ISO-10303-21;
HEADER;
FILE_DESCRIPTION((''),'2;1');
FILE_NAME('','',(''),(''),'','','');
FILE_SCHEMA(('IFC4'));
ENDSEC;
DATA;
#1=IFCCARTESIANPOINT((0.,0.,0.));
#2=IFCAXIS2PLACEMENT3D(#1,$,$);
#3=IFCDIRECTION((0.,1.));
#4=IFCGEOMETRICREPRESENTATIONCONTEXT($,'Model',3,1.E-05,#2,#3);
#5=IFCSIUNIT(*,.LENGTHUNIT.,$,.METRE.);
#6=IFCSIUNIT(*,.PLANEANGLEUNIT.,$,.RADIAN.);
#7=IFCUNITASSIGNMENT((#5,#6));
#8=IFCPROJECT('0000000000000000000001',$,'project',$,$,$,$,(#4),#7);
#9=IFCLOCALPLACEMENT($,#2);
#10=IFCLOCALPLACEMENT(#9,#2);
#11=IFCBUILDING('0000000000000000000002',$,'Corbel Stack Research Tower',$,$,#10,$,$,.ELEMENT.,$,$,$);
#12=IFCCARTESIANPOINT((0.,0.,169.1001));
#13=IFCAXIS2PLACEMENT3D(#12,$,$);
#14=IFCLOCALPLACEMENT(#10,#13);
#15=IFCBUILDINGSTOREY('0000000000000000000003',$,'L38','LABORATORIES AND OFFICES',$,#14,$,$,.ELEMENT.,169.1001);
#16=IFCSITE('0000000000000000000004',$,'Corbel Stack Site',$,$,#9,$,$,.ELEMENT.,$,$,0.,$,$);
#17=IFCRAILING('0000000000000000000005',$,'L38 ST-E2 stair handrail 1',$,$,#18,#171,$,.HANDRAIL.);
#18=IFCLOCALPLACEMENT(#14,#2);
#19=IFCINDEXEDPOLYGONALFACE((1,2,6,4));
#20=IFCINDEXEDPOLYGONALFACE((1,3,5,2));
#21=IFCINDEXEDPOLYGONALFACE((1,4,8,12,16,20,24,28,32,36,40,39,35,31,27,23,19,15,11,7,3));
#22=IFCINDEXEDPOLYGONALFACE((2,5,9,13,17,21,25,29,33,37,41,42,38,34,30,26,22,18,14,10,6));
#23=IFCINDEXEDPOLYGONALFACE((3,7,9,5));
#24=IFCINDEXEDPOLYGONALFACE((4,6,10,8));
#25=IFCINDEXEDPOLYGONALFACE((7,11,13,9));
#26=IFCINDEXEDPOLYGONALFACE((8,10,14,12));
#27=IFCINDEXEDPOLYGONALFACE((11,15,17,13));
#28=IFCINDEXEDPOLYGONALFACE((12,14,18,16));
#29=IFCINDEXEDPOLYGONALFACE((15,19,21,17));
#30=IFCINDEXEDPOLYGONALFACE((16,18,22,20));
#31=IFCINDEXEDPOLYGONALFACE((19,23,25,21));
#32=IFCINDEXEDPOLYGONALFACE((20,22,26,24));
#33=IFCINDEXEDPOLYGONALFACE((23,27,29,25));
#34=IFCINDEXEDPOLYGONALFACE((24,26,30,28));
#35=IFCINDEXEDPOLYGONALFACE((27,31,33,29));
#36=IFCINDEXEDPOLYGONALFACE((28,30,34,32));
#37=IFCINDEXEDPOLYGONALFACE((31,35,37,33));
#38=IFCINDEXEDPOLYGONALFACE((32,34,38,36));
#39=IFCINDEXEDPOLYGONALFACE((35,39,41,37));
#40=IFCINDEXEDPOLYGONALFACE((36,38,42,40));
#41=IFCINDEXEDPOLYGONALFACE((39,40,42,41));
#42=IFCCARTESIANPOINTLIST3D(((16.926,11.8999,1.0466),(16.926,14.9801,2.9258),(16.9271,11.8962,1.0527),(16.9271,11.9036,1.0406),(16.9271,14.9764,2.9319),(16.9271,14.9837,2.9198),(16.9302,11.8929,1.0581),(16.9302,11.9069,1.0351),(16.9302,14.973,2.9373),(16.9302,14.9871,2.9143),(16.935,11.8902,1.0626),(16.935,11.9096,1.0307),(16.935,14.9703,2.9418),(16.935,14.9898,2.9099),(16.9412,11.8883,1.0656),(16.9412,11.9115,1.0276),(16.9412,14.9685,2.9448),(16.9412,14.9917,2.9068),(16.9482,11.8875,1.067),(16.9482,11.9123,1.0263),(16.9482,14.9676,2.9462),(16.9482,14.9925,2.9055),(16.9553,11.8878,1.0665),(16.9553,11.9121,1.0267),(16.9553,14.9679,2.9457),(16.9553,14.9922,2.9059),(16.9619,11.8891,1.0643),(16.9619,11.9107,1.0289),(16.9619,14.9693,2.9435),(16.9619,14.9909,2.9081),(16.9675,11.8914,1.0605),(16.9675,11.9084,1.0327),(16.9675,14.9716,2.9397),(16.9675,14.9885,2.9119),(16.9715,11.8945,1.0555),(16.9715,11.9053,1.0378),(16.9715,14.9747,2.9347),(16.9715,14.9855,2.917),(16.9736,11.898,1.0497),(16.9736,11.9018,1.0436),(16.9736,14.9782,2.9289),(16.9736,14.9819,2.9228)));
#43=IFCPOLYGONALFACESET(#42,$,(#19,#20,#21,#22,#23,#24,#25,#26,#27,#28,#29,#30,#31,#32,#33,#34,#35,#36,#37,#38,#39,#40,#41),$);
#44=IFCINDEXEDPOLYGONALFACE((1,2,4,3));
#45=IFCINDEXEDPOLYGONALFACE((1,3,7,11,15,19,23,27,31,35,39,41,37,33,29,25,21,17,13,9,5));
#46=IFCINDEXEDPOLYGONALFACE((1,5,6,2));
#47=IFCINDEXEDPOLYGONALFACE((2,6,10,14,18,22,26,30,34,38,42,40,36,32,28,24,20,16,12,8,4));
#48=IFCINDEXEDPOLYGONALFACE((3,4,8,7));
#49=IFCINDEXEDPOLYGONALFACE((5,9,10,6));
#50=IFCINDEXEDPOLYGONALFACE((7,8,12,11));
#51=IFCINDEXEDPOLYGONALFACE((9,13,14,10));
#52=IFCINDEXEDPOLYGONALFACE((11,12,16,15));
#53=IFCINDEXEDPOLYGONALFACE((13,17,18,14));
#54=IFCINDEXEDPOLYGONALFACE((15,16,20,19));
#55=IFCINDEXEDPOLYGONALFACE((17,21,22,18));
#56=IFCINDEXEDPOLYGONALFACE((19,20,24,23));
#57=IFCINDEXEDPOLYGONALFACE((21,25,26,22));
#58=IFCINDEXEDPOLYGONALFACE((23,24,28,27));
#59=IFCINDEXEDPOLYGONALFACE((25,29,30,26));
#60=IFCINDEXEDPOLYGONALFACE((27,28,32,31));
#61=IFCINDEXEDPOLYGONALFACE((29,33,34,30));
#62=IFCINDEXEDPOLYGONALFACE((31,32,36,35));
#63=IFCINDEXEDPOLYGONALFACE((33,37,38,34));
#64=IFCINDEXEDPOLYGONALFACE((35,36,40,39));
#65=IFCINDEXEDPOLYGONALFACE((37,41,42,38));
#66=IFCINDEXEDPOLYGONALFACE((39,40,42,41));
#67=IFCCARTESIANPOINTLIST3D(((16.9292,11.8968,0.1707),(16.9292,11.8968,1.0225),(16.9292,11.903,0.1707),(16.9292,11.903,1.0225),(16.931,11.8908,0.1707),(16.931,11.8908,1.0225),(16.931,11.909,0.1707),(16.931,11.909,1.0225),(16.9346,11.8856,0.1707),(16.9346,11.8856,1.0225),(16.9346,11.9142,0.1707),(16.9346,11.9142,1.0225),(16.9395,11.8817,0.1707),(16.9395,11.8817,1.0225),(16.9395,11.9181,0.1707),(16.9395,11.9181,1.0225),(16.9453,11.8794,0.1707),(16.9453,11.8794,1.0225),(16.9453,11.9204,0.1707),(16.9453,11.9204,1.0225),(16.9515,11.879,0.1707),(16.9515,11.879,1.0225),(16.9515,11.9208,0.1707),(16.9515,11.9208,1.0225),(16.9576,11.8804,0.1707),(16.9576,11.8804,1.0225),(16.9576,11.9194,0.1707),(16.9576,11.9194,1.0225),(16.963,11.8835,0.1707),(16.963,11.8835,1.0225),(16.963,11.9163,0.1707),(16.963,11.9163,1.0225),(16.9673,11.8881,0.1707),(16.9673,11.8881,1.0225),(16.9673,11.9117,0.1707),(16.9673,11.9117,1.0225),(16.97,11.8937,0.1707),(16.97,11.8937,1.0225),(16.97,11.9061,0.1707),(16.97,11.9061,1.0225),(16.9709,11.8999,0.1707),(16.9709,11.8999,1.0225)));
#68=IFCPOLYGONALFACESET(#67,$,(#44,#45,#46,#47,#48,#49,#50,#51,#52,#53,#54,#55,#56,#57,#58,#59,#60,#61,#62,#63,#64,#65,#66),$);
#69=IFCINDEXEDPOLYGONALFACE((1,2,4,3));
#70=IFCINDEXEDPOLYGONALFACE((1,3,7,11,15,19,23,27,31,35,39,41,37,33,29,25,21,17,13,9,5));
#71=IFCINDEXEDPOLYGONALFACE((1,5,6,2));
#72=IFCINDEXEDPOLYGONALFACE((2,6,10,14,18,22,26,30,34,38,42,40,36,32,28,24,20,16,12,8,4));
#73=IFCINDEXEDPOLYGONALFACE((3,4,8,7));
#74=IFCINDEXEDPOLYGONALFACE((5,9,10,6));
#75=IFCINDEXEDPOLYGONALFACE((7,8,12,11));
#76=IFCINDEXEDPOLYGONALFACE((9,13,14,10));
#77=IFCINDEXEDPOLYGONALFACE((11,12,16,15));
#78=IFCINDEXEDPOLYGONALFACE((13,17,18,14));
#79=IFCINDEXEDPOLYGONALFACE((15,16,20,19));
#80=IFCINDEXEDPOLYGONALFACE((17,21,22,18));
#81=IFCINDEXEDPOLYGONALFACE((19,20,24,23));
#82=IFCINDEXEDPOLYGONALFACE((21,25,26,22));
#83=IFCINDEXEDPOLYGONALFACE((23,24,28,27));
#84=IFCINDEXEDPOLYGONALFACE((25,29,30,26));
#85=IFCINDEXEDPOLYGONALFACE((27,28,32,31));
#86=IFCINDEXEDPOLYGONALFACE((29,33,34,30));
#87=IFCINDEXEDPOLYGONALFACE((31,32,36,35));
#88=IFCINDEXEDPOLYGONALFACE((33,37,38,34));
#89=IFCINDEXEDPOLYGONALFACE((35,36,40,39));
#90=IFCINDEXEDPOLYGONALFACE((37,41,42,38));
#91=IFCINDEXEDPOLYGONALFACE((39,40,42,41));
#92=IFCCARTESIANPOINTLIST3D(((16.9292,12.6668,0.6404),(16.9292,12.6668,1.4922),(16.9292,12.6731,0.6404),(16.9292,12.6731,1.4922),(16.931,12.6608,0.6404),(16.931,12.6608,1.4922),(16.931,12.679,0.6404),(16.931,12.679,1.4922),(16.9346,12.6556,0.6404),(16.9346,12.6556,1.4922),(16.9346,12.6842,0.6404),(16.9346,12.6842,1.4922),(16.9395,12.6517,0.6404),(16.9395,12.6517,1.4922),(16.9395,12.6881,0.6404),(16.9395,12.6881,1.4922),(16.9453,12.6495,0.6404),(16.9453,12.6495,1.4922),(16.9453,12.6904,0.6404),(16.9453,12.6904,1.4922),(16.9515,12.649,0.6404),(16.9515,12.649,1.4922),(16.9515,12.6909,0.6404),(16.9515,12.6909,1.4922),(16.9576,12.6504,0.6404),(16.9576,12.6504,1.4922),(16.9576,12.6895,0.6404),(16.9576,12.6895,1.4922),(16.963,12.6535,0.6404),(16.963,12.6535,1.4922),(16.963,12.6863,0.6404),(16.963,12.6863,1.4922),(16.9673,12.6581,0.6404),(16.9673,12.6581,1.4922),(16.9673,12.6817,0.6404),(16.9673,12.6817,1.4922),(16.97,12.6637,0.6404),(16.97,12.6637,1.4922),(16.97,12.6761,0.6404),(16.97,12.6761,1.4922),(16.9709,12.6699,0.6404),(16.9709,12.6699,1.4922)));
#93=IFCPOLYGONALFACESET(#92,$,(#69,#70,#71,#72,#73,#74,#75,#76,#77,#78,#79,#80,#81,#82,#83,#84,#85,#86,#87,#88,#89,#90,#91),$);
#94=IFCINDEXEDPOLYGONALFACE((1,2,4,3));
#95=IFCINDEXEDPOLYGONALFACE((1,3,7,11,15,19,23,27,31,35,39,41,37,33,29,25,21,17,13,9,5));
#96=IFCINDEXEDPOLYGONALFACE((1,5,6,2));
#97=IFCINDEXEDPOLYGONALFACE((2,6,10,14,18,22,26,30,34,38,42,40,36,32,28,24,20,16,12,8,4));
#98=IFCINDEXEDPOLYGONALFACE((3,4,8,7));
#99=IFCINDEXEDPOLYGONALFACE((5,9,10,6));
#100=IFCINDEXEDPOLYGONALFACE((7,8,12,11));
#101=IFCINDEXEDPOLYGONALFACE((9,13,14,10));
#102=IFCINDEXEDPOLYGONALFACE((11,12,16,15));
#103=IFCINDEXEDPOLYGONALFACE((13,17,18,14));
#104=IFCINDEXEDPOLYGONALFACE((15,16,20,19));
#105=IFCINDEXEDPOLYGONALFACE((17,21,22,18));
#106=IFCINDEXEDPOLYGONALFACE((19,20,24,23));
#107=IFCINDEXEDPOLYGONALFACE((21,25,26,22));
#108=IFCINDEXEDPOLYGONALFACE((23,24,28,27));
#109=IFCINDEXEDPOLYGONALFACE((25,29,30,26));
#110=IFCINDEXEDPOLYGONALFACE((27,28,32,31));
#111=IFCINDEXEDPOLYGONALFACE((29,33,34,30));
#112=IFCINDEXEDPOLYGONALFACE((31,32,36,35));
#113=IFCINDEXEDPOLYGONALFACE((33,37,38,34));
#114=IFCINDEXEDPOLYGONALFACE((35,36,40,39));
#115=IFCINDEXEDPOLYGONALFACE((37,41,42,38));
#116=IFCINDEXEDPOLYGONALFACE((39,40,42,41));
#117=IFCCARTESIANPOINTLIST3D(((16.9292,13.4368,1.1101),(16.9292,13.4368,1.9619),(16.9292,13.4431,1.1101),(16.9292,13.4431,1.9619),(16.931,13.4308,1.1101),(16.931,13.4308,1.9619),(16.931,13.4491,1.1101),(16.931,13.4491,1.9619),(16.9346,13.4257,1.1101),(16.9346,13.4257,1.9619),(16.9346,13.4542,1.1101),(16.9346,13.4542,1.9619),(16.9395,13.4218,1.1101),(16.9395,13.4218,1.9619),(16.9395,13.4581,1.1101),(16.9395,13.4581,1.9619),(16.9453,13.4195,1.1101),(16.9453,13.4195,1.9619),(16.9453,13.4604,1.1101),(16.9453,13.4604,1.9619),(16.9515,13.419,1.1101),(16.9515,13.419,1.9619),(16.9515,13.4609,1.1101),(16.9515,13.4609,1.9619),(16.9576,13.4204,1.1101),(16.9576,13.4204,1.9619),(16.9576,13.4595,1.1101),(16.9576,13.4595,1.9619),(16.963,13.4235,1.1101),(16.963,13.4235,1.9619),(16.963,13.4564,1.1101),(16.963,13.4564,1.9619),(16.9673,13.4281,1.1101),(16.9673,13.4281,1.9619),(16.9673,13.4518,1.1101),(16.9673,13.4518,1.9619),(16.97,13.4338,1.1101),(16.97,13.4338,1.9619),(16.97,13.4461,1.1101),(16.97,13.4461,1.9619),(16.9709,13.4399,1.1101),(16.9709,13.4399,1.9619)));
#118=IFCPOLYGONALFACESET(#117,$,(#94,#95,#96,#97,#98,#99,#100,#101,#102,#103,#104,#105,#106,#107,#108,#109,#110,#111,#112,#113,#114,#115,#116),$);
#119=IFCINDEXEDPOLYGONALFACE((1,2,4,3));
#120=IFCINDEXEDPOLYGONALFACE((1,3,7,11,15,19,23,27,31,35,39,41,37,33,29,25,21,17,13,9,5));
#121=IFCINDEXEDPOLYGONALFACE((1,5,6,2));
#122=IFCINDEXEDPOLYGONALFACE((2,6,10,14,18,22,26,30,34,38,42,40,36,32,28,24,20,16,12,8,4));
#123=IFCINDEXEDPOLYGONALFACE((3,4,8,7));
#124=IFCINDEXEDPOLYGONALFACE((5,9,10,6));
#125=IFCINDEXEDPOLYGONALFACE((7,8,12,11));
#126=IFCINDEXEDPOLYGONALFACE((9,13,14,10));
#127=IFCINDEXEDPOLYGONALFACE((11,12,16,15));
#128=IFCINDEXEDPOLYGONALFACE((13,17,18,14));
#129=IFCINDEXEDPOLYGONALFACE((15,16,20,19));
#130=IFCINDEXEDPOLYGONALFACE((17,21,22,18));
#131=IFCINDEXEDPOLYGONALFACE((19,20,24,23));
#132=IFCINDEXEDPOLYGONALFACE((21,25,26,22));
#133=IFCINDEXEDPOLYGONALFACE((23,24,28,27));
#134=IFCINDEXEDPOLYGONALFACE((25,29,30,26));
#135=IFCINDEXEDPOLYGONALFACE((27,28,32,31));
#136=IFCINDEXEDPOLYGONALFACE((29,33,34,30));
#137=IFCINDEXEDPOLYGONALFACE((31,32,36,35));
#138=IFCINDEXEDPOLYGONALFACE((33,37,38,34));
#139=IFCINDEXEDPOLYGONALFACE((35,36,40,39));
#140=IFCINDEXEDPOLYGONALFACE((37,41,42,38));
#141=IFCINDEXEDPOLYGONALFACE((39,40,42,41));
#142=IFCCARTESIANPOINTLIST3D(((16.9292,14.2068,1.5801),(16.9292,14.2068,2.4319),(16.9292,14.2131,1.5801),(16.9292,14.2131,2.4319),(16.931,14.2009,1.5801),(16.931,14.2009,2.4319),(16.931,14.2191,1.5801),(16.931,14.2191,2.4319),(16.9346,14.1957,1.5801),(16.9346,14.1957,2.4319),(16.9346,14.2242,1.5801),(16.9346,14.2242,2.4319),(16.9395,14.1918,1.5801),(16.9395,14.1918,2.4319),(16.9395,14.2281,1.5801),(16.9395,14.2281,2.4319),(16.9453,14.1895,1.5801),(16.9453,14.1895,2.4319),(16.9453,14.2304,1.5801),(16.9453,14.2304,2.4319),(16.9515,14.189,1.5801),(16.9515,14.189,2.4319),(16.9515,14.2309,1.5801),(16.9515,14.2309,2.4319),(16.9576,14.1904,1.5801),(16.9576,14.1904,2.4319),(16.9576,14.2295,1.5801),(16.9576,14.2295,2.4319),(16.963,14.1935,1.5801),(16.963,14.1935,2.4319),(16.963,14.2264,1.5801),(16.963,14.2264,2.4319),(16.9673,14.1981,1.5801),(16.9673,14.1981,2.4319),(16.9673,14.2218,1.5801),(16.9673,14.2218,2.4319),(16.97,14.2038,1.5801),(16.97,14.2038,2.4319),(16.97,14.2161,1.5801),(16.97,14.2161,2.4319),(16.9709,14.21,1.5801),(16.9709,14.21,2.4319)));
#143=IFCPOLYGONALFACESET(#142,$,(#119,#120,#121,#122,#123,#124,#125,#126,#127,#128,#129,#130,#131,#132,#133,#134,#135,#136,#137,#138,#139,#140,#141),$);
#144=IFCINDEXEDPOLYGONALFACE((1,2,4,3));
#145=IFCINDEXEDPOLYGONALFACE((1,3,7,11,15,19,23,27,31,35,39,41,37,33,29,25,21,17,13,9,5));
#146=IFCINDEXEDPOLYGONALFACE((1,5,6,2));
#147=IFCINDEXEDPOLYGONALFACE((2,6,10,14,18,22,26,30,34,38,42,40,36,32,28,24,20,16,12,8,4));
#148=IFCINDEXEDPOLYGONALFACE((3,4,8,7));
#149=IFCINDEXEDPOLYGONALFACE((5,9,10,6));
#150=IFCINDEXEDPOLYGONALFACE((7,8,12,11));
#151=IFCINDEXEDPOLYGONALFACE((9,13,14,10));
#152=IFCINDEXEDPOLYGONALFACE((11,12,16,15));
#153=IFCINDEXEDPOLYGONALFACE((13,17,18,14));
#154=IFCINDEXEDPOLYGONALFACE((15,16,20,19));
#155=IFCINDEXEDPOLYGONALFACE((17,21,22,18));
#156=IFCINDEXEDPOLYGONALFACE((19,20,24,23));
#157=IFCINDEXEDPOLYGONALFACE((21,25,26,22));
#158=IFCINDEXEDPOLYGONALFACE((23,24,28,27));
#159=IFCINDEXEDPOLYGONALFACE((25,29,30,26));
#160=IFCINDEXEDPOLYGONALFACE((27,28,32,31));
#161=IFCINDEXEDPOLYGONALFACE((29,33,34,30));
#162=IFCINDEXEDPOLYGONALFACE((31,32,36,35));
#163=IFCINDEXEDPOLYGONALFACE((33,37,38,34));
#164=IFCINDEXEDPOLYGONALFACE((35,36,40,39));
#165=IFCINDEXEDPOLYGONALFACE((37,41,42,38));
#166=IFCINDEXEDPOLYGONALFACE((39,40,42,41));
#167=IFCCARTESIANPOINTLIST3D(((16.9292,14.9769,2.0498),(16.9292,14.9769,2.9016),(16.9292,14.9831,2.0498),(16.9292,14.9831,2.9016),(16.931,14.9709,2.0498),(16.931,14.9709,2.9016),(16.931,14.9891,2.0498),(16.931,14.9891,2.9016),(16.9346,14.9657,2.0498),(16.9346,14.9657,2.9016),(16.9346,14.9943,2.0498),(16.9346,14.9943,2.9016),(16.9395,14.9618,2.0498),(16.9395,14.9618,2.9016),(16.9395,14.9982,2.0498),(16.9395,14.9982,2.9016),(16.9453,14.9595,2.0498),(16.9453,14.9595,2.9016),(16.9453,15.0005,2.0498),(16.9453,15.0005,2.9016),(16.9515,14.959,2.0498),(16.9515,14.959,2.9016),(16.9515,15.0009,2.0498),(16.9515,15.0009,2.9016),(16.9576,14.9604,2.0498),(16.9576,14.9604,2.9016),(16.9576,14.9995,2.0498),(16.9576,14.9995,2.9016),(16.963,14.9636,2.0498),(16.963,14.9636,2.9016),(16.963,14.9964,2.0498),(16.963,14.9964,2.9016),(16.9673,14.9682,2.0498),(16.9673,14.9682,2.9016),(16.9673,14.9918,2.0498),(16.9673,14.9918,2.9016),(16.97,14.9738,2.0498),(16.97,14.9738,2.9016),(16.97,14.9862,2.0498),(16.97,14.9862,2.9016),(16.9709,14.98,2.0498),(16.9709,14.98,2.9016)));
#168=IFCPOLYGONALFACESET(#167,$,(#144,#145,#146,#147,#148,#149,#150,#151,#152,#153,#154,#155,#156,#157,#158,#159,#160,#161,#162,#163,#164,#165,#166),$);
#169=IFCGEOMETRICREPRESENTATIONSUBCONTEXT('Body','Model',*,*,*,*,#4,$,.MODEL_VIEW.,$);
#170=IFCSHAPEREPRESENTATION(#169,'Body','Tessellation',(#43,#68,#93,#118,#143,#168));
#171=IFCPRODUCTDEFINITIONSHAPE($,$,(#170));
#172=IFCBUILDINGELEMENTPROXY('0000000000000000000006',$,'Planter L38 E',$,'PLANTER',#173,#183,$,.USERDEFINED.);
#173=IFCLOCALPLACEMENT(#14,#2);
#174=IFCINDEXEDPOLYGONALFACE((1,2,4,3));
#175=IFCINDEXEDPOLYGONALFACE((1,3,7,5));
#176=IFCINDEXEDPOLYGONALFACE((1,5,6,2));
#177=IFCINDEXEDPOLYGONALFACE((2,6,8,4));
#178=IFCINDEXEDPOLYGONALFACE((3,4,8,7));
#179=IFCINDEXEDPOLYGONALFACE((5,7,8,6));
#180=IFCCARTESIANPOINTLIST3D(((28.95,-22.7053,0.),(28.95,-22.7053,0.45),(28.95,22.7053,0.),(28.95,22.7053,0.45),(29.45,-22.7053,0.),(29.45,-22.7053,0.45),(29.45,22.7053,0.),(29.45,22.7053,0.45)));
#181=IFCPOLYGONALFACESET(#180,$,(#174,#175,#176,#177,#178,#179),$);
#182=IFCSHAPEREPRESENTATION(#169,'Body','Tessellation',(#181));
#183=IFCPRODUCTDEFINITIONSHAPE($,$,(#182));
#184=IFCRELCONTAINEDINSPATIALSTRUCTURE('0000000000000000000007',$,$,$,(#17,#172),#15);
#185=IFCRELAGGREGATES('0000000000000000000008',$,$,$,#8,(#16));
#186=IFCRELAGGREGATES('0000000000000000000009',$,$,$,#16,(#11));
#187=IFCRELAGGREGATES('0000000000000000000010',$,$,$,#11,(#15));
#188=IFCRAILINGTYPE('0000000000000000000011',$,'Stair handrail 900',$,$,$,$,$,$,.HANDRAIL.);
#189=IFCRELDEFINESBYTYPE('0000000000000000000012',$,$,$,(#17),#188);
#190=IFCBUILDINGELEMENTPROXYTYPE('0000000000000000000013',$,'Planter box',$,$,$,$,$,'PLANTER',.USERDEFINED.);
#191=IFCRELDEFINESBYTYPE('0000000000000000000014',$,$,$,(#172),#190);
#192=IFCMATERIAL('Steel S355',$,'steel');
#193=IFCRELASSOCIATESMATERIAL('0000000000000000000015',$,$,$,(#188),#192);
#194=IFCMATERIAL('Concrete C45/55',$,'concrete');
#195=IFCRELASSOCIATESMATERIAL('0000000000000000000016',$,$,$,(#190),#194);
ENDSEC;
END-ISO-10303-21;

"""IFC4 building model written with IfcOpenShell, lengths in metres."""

from ifc_helpers import new_model, si_unit, direction, frame, origin, origin_2d, place, context, subcontext, project, spatial, rectangle, circle, extrude, material, type_object, element, save


model = new_model("IFC4")

# Units and contexts
model_context = context("Model", 3, precision=1e-05, world=origin(), true_north=direction((0.0, 1.0)))
body_context = subcontext(model_context, "Body", "Model", "MODEL_VIEW")
ifc_project = project(units=[si_unit("LENGTHUNIT", "METRE"), si_unit("PLANEANGLEUNIT", "RADIAN")], contexts=[model_context])

# Site, building, storey
site_placement = place(None, origin())
site = spatial("IfcSite", under=ifc_project, at=site_placement, Name="Corbel Stack Site", CompositionType="ELEMENT", RefElevation=0.0)
building_placement = place(site_placement, origin())
building = spatial("IfcBuilding", under=site, at=building_placement, Name="Corbel Stack Research Tower", CompositionType="ELEMENT")
storey_placement = place(building_placement, frame((0.0, 0.0, 169.1001)))
storey = spatial("IfcBuildingStorey", under=building, at=storey_placement, Name="L38", Description="LABORATORIES AND OFFICES", CompositionType="ELEMENT", Elevation=169.1001)

# Railing
ifc_material_1 = material(Name="Steel S355", Category="steel")
railing_type_1 = type_object("IfcRailingType", Name="Stair handrail 900", PredefinedType="HANDRAIL", material=ifc_material_1)
railing_1_placement = place(storey_placement, frame((16.95, 11.8999, 0.1707)))
element("IfcRailing", 1, at=railing_1_placement, inside=storey, type_object=railing_type_1, Name="L38 ST-E2 stair handrail 1", PredefinedType="HANDRAIL", context=body_context, shape_type="SweptSolid", body=[
    extrude(circle(Radius=0.0239, at=origin_2d()), frame((0.0, 0.0, 0.876), z_axis=(0.0, 0.853666, 0.52082), x_axis=(-1.0, 0.0, 0.0)), (0.0, 0.0, 1.0), 3.6082),
    extrude(circle(Radius=0.021, at=origin_2d()), origin(), (0.0, 0.0, 1.0), 0.8518),
    extrude(circle(Radius=0.021, at=origin_2d()), frame((0.0, 0.77, 0.4697)), (0.0, 0.0, 1.0), 0.8518),
    extrude(circle(Radius=0.021, at=origin_2d()), frame((0.0, 1.54, 0.9395)), (0.0, 0.0, 1.0), 0.8518),
    extrude(circle(Radius=0.021, at=origin_2d()), frame((0.0, 2.3101, 1.4094)), (0.0, 0.0, 1.0), 0.8518),
    extrude(circle(Radius=0.021, at=origin_2d()), frame((0.0, 3.0801, 1.8792)), (0.0, 0.0, 1.0), 0.8518),
])

# Building element proxy
ifc_material_2 = material(Name="Concrete C45/55", Category="concrete")
building_element_proxy_type = type_object("IfcBuildingElementProxyType", Name="Planter box", ElementType="PLANTER", PredefinedType="USERDEFINED", material=ifc_material_2)
proxy_placement = place(storey_placement, frame((29.2, 0.0, 0.0), z_axis=(0.0, 0.0, 1.0), x_axis=(0.0, 1.0, 0.0)))
element("IfcBuildingElementProxy", 2, at=proxy_placement, inside=storey, type_object=building_element_proxy_type, Name="Planter L38 E", ObjectType="PLANTER", PredefinedType="USERDEFINED", context=body_context, shape_type="SweptSolid", body=[
    extrude(rectangle(XDim=45.4106, YDim=0.5, at=origin_2d()), origin(), (0.0, 0.0, 1.0), 0.45),
])

save(model, "model.ifc")
